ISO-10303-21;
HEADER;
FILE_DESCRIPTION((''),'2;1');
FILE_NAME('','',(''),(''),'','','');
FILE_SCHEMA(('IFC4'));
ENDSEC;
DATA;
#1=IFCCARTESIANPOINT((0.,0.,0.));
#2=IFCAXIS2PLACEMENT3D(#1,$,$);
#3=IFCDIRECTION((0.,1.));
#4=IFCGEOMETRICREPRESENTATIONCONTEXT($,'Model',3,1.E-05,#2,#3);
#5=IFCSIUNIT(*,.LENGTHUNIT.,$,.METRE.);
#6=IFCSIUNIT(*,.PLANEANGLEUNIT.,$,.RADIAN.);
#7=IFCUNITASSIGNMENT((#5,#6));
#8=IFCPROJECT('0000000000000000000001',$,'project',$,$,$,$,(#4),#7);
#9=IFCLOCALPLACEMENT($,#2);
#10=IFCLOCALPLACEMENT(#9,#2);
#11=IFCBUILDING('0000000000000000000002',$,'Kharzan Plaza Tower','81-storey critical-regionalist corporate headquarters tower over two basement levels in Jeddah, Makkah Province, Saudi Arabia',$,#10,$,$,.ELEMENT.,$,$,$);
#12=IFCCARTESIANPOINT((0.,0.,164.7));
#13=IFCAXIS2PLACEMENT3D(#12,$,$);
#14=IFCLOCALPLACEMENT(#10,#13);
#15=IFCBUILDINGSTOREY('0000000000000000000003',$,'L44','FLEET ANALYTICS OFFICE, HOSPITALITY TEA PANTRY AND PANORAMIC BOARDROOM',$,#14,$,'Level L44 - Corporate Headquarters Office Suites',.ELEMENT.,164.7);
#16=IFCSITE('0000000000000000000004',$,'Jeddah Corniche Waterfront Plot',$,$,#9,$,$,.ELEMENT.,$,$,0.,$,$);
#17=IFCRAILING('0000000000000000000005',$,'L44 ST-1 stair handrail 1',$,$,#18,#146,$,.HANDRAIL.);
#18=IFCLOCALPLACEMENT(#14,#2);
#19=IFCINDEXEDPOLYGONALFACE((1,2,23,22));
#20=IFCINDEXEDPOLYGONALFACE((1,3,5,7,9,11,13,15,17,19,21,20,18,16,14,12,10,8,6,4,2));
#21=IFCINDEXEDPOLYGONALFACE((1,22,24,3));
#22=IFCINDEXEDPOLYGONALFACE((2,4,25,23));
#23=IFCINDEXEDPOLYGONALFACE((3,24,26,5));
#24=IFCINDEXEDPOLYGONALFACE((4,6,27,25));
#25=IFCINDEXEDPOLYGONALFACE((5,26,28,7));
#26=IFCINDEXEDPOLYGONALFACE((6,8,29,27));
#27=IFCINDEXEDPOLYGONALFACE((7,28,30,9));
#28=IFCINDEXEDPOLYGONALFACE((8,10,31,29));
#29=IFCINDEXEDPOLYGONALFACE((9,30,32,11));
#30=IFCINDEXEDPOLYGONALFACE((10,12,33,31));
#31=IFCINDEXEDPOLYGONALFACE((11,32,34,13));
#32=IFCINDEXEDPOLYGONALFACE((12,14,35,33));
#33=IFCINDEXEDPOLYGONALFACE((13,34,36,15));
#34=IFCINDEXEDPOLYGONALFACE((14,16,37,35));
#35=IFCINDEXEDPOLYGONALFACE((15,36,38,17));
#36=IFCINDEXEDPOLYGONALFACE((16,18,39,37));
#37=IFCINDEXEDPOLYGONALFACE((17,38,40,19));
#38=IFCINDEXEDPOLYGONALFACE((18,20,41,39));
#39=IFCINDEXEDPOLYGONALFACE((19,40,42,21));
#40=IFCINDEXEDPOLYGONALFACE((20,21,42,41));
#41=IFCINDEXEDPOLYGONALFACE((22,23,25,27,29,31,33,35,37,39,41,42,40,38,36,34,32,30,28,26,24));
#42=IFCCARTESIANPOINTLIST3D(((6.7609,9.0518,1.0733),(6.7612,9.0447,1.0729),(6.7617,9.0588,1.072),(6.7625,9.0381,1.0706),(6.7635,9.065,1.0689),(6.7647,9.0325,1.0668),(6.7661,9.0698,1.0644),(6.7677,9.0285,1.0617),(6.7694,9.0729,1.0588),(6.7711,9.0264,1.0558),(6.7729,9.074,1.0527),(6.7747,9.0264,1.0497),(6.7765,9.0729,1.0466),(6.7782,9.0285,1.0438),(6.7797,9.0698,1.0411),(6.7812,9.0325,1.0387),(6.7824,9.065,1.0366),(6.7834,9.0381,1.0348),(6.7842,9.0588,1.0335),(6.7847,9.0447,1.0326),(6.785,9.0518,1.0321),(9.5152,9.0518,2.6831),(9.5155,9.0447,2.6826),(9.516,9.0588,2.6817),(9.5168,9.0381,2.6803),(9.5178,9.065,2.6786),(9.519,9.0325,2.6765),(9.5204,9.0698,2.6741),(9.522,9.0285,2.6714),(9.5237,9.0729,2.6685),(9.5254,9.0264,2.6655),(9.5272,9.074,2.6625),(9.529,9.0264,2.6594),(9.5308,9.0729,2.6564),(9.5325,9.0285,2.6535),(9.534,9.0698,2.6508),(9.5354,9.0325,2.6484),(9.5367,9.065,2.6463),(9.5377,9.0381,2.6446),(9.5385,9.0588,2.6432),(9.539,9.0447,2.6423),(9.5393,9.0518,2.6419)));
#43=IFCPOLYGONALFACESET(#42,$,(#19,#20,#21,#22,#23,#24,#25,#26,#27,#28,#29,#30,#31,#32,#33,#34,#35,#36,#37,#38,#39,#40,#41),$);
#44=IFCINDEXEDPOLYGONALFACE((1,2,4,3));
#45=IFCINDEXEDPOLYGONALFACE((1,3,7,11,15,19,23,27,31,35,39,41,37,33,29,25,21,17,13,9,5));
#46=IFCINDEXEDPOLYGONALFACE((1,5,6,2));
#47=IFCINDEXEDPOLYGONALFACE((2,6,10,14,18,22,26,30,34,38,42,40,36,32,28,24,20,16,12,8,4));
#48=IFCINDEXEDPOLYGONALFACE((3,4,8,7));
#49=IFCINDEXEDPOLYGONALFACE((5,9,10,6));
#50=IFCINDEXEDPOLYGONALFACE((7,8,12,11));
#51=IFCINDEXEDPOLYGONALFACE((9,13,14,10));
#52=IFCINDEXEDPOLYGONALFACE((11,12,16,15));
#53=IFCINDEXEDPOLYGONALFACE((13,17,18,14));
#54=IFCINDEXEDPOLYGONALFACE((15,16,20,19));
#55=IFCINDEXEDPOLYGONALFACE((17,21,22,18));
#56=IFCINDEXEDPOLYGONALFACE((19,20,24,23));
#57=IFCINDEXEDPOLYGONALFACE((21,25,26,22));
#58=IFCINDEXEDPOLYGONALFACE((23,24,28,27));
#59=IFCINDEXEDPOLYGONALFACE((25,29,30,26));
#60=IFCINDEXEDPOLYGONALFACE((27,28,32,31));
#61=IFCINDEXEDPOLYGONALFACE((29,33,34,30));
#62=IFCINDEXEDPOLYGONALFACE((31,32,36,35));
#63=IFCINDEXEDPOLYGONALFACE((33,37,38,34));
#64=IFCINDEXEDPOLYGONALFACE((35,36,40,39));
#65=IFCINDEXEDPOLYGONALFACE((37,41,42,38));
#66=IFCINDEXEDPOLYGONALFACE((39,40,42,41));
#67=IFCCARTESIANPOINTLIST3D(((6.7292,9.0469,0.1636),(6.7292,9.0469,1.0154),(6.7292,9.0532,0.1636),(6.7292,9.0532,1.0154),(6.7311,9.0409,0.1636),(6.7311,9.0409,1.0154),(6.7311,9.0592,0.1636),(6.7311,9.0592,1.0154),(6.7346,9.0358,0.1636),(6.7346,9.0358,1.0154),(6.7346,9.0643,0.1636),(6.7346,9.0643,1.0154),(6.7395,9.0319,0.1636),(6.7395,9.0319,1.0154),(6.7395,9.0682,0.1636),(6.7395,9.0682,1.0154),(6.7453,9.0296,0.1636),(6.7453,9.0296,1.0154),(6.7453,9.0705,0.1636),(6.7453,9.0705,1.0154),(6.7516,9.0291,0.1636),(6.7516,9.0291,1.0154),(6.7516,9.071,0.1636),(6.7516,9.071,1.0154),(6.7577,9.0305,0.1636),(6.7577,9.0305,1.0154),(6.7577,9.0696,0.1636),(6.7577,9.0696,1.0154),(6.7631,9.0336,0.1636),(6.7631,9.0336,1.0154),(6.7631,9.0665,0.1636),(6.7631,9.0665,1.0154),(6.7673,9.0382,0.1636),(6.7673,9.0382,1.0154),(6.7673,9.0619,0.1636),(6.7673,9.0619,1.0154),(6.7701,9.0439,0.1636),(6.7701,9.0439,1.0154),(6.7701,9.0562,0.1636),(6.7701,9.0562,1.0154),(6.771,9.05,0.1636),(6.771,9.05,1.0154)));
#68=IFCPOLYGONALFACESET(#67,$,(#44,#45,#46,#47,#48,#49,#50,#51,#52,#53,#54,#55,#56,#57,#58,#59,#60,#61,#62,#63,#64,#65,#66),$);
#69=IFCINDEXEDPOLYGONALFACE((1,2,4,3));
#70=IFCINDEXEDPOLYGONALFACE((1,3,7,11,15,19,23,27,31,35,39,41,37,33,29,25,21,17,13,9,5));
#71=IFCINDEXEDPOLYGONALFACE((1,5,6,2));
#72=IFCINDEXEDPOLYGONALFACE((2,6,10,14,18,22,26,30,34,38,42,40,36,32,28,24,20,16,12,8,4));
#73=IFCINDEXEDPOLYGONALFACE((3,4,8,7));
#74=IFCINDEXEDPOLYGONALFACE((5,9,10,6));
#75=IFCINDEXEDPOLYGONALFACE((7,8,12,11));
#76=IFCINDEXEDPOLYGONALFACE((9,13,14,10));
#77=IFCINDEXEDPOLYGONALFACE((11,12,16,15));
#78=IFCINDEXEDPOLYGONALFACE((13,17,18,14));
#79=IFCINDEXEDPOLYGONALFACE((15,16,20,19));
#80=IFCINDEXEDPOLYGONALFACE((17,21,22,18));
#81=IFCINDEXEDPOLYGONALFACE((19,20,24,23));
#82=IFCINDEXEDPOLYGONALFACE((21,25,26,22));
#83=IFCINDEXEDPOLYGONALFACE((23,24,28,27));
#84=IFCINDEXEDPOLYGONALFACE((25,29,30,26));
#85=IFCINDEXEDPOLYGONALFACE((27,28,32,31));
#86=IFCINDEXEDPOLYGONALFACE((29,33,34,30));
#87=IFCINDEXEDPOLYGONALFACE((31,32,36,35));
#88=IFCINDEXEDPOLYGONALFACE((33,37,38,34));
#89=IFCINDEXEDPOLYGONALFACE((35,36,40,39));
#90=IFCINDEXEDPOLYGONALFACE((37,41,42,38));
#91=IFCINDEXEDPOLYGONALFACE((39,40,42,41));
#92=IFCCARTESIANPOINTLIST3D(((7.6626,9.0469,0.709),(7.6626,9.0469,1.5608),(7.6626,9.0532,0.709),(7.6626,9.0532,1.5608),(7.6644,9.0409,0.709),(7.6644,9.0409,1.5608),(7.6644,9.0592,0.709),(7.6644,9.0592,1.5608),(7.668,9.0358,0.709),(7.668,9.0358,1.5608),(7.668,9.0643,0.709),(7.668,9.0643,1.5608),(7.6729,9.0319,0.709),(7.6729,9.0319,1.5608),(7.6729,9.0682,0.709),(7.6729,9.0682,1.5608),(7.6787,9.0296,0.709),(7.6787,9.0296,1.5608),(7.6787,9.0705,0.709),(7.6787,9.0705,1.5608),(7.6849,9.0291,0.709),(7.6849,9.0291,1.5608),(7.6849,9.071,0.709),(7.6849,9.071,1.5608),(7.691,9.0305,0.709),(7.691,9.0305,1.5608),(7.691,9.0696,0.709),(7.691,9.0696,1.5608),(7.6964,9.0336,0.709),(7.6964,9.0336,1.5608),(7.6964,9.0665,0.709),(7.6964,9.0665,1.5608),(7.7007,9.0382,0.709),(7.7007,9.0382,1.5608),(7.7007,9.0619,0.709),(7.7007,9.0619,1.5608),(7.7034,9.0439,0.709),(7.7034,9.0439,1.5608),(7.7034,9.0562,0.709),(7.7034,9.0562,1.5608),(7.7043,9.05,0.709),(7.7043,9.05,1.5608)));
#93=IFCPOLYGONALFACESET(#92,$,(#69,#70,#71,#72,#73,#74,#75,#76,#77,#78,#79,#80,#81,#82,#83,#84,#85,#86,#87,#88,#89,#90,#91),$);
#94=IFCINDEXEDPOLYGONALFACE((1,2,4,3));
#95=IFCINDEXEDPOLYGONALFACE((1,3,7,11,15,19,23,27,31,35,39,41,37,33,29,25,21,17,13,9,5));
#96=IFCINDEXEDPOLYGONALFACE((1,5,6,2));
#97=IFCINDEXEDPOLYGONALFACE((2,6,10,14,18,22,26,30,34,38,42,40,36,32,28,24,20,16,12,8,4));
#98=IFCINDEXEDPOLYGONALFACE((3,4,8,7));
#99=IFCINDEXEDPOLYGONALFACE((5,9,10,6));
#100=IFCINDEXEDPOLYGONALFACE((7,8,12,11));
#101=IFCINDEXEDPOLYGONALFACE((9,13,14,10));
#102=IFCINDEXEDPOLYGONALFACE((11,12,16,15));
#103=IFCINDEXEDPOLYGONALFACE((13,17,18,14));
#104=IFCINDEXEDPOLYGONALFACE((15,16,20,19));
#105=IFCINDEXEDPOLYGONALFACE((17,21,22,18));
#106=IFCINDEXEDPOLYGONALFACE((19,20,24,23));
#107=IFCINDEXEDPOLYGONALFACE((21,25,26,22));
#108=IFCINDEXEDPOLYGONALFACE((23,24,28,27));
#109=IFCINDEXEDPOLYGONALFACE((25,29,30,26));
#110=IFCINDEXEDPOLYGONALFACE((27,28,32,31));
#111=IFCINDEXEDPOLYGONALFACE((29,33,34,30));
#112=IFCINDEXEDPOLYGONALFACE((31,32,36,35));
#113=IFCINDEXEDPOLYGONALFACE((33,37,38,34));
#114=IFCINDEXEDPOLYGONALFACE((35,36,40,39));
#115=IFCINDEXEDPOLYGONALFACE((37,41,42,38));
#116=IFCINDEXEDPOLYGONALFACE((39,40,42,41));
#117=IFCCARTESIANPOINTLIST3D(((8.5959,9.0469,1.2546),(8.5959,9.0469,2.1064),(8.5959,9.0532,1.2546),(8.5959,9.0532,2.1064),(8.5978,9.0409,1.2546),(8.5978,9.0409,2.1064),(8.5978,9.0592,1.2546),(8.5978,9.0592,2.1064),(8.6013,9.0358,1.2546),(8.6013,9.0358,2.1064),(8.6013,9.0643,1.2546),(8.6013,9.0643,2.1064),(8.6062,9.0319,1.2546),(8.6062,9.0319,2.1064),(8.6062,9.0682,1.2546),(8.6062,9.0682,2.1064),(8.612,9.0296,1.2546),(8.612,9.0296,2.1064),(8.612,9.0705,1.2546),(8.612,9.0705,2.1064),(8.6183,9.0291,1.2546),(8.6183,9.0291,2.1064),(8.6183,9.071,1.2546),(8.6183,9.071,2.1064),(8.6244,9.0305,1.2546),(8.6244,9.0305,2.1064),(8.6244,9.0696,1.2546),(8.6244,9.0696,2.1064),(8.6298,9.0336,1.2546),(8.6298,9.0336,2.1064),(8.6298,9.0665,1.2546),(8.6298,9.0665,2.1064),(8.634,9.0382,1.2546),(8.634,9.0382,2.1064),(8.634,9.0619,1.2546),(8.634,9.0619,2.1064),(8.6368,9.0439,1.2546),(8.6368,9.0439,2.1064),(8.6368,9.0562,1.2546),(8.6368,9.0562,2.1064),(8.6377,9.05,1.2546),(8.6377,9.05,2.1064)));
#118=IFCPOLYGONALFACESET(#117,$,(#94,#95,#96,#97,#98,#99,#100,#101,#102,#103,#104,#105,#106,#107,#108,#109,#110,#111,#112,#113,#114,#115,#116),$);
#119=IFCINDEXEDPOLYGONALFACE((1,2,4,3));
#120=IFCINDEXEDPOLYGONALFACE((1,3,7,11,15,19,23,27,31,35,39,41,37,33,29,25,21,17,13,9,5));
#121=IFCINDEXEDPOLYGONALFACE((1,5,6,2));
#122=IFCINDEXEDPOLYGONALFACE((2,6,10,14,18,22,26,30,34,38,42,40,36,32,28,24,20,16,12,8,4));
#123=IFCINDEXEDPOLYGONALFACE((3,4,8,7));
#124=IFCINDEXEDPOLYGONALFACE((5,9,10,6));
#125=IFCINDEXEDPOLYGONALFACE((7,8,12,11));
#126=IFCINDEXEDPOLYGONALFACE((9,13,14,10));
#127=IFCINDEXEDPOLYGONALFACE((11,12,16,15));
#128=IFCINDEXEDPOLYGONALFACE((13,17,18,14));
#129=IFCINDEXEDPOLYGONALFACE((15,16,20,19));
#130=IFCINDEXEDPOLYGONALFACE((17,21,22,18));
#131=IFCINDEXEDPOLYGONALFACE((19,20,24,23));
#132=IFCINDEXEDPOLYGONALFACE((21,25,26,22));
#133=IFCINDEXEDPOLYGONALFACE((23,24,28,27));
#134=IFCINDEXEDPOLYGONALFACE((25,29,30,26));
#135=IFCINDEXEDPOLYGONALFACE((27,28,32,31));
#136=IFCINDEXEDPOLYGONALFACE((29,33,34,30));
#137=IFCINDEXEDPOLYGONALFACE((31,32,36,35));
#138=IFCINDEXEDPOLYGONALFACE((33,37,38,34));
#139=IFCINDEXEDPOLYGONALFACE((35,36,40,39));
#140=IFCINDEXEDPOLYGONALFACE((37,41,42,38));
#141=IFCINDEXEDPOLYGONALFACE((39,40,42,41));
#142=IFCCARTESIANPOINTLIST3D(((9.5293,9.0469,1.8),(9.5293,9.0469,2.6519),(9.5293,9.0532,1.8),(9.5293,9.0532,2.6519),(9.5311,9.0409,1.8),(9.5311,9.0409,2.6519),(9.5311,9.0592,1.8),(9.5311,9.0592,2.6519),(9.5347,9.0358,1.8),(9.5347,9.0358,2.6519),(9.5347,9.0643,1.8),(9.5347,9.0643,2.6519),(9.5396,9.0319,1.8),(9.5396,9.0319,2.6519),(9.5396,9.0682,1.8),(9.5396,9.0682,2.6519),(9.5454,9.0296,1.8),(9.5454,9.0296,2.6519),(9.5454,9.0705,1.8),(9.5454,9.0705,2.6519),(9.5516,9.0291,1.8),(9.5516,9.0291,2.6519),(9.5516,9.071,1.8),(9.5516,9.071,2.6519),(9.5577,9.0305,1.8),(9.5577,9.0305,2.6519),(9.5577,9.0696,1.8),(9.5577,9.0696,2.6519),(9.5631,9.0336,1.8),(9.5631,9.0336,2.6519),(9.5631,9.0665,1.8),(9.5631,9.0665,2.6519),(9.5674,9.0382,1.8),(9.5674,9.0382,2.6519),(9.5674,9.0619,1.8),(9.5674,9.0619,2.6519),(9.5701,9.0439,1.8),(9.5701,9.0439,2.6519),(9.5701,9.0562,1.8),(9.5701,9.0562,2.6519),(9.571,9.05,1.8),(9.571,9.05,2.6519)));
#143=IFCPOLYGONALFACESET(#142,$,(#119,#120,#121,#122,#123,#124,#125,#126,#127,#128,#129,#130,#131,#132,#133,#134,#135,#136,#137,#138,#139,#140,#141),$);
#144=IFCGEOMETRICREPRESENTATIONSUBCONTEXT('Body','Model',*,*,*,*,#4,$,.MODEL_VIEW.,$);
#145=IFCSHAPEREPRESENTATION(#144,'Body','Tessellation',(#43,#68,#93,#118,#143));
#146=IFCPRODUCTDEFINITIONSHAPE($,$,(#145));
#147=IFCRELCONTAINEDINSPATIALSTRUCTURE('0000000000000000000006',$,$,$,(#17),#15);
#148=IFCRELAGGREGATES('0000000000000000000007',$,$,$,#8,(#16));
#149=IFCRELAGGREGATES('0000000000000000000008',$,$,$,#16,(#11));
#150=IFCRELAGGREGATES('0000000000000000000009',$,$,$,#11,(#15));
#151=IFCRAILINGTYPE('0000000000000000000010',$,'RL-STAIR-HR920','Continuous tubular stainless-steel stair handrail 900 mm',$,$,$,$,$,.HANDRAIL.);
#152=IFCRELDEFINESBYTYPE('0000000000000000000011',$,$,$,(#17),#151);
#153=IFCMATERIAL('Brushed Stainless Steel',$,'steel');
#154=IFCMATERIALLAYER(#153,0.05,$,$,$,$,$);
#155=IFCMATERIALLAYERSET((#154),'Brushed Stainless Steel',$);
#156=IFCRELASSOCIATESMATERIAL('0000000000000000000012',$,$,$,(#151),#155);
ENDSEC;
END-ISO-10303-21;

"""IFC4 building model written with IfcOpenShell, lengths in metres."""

from ifc_helpers import new_model, si_unit, direction, frame, origin, origin_2d, place, context, subcontext, project, spatial, circle, extrude, source, transform, mapped, material, layer, layer_set, type_object, element, save


model = new_model("IFC4")

# Units and contexts
model_context = context("Model", 3, precision=1e-05, world=origin(), true_north=direction((0.0, 1.0)))
body_context = subcontext(model_context, "Body", "Model", "MODEL_VIEW")
ifc_project = project(units=[si_unit("LENGTHUNIT", "METRE"), si_unit("PLANEANGLEUNIT", "RADIAN")], contexts=[model_context])

# Site, building, storey
site_placement = place(None, origin())
site = spatial("IfcSite", under=ifc_project, at=site_placement, Name="Jeddah Corniche Waterfront Plot", CompositionType="ELEMENT", RefElevation=0.0)
building_placement = place(site_placement, origin())
building = spatial("IfcBuilding", under=site, at=building_placement, Name="Kharzan Plaza Tower", Description="81-storey critical-regionalist corporate headquarters tower over two basement levels in Jeddah, Makkah Province, Saudi Arabia", CompositionType="ELEMENT")
storey_placement = place(building_placement, frame((0.0, 0.0, 164.7)))
storey = spatial("IfcBuildingStorey", under=building, at=storey_placement, Name="L44", Description="FLEET ANALYTICS OFFICE, HOSPITALITY TEA PANTRY AND PANORAMIC BOARDROOM", LongName="Level L44 - Corporate Headquarters Office Suites", CompositionType="ELEMENT", Elevation=164.7)

# Railing
ifc_material_1 = material(Name="Brushed Stainless Steel", Category="steel")
ifc_layer_1 = layer(ifc_material_1, 0.05)
ifc_layer_set_1 = layer_set([ifc_layer_1], Name="Brushed Stainless Steel")
railing_type_1 = type_object("IfcRailingType", Name="RL-STAIR-HR920", Description="Continuous tubular stainless-steel stair handrail 900 mm", PredefinedType="HANDRAIL", material=ifc_layer_set_1)
shared_shape_1 = source(origin(), body_context, "Body", "SweptSolid", [
    extrude(circle(Radius=0.0239, at=origin_2d()), frame((0.0229, 0.0, 0.8892), z_axis=(0.863361, 0.0, 0.504587), x_axis=(0.0, 1.0, 0.0)), (0.0, 0.0, 1.0), 3.1902),
    extrude(circle(Radius=0.021, at=origin_2d()), origin(), (0.0, 0.0, 1.0), 0.8518),
    extrude(circle(Radius=0.021, at=origin_2d()), frame((0.9333, 0.0, 0.5454)), (0.0, 0.0, 1.0), 0.8518),
    extrude(circle(Radius=0.021, at=origin_2d()), frame((1.8667, 0.0, 1.0911)), (0.0, 0.0, 1.0), 0.8518),
    extrude(circle(Radius=0.021, at=origin_2d()), frame((2.8, 0.0, 1.6365)), (0.0, 0.0, 1.0), 0.8518),
])
railing_1_placement = place(storey_placement, frame((6.75, 9.05, 0.1636)))
element("IfcRailing", 1, at=railing_1_placement, inside=storey, type_object=railing_type_1, Name="L44 ST-1 stair handrail 1", PredefinedType="HANDRAIL", context=body_context, shape_type="MappedRepresentation", body=[
    mapped(shared_shape_1, transform((0.0, 0.0, 0.0), x_axis=(1.0, 0.0, 0.0), y_axis=(0.0, 1.0, 0.0), z_axis=(0.0, 0.0, 1.0))),
])

save(model, "model.ifc")
